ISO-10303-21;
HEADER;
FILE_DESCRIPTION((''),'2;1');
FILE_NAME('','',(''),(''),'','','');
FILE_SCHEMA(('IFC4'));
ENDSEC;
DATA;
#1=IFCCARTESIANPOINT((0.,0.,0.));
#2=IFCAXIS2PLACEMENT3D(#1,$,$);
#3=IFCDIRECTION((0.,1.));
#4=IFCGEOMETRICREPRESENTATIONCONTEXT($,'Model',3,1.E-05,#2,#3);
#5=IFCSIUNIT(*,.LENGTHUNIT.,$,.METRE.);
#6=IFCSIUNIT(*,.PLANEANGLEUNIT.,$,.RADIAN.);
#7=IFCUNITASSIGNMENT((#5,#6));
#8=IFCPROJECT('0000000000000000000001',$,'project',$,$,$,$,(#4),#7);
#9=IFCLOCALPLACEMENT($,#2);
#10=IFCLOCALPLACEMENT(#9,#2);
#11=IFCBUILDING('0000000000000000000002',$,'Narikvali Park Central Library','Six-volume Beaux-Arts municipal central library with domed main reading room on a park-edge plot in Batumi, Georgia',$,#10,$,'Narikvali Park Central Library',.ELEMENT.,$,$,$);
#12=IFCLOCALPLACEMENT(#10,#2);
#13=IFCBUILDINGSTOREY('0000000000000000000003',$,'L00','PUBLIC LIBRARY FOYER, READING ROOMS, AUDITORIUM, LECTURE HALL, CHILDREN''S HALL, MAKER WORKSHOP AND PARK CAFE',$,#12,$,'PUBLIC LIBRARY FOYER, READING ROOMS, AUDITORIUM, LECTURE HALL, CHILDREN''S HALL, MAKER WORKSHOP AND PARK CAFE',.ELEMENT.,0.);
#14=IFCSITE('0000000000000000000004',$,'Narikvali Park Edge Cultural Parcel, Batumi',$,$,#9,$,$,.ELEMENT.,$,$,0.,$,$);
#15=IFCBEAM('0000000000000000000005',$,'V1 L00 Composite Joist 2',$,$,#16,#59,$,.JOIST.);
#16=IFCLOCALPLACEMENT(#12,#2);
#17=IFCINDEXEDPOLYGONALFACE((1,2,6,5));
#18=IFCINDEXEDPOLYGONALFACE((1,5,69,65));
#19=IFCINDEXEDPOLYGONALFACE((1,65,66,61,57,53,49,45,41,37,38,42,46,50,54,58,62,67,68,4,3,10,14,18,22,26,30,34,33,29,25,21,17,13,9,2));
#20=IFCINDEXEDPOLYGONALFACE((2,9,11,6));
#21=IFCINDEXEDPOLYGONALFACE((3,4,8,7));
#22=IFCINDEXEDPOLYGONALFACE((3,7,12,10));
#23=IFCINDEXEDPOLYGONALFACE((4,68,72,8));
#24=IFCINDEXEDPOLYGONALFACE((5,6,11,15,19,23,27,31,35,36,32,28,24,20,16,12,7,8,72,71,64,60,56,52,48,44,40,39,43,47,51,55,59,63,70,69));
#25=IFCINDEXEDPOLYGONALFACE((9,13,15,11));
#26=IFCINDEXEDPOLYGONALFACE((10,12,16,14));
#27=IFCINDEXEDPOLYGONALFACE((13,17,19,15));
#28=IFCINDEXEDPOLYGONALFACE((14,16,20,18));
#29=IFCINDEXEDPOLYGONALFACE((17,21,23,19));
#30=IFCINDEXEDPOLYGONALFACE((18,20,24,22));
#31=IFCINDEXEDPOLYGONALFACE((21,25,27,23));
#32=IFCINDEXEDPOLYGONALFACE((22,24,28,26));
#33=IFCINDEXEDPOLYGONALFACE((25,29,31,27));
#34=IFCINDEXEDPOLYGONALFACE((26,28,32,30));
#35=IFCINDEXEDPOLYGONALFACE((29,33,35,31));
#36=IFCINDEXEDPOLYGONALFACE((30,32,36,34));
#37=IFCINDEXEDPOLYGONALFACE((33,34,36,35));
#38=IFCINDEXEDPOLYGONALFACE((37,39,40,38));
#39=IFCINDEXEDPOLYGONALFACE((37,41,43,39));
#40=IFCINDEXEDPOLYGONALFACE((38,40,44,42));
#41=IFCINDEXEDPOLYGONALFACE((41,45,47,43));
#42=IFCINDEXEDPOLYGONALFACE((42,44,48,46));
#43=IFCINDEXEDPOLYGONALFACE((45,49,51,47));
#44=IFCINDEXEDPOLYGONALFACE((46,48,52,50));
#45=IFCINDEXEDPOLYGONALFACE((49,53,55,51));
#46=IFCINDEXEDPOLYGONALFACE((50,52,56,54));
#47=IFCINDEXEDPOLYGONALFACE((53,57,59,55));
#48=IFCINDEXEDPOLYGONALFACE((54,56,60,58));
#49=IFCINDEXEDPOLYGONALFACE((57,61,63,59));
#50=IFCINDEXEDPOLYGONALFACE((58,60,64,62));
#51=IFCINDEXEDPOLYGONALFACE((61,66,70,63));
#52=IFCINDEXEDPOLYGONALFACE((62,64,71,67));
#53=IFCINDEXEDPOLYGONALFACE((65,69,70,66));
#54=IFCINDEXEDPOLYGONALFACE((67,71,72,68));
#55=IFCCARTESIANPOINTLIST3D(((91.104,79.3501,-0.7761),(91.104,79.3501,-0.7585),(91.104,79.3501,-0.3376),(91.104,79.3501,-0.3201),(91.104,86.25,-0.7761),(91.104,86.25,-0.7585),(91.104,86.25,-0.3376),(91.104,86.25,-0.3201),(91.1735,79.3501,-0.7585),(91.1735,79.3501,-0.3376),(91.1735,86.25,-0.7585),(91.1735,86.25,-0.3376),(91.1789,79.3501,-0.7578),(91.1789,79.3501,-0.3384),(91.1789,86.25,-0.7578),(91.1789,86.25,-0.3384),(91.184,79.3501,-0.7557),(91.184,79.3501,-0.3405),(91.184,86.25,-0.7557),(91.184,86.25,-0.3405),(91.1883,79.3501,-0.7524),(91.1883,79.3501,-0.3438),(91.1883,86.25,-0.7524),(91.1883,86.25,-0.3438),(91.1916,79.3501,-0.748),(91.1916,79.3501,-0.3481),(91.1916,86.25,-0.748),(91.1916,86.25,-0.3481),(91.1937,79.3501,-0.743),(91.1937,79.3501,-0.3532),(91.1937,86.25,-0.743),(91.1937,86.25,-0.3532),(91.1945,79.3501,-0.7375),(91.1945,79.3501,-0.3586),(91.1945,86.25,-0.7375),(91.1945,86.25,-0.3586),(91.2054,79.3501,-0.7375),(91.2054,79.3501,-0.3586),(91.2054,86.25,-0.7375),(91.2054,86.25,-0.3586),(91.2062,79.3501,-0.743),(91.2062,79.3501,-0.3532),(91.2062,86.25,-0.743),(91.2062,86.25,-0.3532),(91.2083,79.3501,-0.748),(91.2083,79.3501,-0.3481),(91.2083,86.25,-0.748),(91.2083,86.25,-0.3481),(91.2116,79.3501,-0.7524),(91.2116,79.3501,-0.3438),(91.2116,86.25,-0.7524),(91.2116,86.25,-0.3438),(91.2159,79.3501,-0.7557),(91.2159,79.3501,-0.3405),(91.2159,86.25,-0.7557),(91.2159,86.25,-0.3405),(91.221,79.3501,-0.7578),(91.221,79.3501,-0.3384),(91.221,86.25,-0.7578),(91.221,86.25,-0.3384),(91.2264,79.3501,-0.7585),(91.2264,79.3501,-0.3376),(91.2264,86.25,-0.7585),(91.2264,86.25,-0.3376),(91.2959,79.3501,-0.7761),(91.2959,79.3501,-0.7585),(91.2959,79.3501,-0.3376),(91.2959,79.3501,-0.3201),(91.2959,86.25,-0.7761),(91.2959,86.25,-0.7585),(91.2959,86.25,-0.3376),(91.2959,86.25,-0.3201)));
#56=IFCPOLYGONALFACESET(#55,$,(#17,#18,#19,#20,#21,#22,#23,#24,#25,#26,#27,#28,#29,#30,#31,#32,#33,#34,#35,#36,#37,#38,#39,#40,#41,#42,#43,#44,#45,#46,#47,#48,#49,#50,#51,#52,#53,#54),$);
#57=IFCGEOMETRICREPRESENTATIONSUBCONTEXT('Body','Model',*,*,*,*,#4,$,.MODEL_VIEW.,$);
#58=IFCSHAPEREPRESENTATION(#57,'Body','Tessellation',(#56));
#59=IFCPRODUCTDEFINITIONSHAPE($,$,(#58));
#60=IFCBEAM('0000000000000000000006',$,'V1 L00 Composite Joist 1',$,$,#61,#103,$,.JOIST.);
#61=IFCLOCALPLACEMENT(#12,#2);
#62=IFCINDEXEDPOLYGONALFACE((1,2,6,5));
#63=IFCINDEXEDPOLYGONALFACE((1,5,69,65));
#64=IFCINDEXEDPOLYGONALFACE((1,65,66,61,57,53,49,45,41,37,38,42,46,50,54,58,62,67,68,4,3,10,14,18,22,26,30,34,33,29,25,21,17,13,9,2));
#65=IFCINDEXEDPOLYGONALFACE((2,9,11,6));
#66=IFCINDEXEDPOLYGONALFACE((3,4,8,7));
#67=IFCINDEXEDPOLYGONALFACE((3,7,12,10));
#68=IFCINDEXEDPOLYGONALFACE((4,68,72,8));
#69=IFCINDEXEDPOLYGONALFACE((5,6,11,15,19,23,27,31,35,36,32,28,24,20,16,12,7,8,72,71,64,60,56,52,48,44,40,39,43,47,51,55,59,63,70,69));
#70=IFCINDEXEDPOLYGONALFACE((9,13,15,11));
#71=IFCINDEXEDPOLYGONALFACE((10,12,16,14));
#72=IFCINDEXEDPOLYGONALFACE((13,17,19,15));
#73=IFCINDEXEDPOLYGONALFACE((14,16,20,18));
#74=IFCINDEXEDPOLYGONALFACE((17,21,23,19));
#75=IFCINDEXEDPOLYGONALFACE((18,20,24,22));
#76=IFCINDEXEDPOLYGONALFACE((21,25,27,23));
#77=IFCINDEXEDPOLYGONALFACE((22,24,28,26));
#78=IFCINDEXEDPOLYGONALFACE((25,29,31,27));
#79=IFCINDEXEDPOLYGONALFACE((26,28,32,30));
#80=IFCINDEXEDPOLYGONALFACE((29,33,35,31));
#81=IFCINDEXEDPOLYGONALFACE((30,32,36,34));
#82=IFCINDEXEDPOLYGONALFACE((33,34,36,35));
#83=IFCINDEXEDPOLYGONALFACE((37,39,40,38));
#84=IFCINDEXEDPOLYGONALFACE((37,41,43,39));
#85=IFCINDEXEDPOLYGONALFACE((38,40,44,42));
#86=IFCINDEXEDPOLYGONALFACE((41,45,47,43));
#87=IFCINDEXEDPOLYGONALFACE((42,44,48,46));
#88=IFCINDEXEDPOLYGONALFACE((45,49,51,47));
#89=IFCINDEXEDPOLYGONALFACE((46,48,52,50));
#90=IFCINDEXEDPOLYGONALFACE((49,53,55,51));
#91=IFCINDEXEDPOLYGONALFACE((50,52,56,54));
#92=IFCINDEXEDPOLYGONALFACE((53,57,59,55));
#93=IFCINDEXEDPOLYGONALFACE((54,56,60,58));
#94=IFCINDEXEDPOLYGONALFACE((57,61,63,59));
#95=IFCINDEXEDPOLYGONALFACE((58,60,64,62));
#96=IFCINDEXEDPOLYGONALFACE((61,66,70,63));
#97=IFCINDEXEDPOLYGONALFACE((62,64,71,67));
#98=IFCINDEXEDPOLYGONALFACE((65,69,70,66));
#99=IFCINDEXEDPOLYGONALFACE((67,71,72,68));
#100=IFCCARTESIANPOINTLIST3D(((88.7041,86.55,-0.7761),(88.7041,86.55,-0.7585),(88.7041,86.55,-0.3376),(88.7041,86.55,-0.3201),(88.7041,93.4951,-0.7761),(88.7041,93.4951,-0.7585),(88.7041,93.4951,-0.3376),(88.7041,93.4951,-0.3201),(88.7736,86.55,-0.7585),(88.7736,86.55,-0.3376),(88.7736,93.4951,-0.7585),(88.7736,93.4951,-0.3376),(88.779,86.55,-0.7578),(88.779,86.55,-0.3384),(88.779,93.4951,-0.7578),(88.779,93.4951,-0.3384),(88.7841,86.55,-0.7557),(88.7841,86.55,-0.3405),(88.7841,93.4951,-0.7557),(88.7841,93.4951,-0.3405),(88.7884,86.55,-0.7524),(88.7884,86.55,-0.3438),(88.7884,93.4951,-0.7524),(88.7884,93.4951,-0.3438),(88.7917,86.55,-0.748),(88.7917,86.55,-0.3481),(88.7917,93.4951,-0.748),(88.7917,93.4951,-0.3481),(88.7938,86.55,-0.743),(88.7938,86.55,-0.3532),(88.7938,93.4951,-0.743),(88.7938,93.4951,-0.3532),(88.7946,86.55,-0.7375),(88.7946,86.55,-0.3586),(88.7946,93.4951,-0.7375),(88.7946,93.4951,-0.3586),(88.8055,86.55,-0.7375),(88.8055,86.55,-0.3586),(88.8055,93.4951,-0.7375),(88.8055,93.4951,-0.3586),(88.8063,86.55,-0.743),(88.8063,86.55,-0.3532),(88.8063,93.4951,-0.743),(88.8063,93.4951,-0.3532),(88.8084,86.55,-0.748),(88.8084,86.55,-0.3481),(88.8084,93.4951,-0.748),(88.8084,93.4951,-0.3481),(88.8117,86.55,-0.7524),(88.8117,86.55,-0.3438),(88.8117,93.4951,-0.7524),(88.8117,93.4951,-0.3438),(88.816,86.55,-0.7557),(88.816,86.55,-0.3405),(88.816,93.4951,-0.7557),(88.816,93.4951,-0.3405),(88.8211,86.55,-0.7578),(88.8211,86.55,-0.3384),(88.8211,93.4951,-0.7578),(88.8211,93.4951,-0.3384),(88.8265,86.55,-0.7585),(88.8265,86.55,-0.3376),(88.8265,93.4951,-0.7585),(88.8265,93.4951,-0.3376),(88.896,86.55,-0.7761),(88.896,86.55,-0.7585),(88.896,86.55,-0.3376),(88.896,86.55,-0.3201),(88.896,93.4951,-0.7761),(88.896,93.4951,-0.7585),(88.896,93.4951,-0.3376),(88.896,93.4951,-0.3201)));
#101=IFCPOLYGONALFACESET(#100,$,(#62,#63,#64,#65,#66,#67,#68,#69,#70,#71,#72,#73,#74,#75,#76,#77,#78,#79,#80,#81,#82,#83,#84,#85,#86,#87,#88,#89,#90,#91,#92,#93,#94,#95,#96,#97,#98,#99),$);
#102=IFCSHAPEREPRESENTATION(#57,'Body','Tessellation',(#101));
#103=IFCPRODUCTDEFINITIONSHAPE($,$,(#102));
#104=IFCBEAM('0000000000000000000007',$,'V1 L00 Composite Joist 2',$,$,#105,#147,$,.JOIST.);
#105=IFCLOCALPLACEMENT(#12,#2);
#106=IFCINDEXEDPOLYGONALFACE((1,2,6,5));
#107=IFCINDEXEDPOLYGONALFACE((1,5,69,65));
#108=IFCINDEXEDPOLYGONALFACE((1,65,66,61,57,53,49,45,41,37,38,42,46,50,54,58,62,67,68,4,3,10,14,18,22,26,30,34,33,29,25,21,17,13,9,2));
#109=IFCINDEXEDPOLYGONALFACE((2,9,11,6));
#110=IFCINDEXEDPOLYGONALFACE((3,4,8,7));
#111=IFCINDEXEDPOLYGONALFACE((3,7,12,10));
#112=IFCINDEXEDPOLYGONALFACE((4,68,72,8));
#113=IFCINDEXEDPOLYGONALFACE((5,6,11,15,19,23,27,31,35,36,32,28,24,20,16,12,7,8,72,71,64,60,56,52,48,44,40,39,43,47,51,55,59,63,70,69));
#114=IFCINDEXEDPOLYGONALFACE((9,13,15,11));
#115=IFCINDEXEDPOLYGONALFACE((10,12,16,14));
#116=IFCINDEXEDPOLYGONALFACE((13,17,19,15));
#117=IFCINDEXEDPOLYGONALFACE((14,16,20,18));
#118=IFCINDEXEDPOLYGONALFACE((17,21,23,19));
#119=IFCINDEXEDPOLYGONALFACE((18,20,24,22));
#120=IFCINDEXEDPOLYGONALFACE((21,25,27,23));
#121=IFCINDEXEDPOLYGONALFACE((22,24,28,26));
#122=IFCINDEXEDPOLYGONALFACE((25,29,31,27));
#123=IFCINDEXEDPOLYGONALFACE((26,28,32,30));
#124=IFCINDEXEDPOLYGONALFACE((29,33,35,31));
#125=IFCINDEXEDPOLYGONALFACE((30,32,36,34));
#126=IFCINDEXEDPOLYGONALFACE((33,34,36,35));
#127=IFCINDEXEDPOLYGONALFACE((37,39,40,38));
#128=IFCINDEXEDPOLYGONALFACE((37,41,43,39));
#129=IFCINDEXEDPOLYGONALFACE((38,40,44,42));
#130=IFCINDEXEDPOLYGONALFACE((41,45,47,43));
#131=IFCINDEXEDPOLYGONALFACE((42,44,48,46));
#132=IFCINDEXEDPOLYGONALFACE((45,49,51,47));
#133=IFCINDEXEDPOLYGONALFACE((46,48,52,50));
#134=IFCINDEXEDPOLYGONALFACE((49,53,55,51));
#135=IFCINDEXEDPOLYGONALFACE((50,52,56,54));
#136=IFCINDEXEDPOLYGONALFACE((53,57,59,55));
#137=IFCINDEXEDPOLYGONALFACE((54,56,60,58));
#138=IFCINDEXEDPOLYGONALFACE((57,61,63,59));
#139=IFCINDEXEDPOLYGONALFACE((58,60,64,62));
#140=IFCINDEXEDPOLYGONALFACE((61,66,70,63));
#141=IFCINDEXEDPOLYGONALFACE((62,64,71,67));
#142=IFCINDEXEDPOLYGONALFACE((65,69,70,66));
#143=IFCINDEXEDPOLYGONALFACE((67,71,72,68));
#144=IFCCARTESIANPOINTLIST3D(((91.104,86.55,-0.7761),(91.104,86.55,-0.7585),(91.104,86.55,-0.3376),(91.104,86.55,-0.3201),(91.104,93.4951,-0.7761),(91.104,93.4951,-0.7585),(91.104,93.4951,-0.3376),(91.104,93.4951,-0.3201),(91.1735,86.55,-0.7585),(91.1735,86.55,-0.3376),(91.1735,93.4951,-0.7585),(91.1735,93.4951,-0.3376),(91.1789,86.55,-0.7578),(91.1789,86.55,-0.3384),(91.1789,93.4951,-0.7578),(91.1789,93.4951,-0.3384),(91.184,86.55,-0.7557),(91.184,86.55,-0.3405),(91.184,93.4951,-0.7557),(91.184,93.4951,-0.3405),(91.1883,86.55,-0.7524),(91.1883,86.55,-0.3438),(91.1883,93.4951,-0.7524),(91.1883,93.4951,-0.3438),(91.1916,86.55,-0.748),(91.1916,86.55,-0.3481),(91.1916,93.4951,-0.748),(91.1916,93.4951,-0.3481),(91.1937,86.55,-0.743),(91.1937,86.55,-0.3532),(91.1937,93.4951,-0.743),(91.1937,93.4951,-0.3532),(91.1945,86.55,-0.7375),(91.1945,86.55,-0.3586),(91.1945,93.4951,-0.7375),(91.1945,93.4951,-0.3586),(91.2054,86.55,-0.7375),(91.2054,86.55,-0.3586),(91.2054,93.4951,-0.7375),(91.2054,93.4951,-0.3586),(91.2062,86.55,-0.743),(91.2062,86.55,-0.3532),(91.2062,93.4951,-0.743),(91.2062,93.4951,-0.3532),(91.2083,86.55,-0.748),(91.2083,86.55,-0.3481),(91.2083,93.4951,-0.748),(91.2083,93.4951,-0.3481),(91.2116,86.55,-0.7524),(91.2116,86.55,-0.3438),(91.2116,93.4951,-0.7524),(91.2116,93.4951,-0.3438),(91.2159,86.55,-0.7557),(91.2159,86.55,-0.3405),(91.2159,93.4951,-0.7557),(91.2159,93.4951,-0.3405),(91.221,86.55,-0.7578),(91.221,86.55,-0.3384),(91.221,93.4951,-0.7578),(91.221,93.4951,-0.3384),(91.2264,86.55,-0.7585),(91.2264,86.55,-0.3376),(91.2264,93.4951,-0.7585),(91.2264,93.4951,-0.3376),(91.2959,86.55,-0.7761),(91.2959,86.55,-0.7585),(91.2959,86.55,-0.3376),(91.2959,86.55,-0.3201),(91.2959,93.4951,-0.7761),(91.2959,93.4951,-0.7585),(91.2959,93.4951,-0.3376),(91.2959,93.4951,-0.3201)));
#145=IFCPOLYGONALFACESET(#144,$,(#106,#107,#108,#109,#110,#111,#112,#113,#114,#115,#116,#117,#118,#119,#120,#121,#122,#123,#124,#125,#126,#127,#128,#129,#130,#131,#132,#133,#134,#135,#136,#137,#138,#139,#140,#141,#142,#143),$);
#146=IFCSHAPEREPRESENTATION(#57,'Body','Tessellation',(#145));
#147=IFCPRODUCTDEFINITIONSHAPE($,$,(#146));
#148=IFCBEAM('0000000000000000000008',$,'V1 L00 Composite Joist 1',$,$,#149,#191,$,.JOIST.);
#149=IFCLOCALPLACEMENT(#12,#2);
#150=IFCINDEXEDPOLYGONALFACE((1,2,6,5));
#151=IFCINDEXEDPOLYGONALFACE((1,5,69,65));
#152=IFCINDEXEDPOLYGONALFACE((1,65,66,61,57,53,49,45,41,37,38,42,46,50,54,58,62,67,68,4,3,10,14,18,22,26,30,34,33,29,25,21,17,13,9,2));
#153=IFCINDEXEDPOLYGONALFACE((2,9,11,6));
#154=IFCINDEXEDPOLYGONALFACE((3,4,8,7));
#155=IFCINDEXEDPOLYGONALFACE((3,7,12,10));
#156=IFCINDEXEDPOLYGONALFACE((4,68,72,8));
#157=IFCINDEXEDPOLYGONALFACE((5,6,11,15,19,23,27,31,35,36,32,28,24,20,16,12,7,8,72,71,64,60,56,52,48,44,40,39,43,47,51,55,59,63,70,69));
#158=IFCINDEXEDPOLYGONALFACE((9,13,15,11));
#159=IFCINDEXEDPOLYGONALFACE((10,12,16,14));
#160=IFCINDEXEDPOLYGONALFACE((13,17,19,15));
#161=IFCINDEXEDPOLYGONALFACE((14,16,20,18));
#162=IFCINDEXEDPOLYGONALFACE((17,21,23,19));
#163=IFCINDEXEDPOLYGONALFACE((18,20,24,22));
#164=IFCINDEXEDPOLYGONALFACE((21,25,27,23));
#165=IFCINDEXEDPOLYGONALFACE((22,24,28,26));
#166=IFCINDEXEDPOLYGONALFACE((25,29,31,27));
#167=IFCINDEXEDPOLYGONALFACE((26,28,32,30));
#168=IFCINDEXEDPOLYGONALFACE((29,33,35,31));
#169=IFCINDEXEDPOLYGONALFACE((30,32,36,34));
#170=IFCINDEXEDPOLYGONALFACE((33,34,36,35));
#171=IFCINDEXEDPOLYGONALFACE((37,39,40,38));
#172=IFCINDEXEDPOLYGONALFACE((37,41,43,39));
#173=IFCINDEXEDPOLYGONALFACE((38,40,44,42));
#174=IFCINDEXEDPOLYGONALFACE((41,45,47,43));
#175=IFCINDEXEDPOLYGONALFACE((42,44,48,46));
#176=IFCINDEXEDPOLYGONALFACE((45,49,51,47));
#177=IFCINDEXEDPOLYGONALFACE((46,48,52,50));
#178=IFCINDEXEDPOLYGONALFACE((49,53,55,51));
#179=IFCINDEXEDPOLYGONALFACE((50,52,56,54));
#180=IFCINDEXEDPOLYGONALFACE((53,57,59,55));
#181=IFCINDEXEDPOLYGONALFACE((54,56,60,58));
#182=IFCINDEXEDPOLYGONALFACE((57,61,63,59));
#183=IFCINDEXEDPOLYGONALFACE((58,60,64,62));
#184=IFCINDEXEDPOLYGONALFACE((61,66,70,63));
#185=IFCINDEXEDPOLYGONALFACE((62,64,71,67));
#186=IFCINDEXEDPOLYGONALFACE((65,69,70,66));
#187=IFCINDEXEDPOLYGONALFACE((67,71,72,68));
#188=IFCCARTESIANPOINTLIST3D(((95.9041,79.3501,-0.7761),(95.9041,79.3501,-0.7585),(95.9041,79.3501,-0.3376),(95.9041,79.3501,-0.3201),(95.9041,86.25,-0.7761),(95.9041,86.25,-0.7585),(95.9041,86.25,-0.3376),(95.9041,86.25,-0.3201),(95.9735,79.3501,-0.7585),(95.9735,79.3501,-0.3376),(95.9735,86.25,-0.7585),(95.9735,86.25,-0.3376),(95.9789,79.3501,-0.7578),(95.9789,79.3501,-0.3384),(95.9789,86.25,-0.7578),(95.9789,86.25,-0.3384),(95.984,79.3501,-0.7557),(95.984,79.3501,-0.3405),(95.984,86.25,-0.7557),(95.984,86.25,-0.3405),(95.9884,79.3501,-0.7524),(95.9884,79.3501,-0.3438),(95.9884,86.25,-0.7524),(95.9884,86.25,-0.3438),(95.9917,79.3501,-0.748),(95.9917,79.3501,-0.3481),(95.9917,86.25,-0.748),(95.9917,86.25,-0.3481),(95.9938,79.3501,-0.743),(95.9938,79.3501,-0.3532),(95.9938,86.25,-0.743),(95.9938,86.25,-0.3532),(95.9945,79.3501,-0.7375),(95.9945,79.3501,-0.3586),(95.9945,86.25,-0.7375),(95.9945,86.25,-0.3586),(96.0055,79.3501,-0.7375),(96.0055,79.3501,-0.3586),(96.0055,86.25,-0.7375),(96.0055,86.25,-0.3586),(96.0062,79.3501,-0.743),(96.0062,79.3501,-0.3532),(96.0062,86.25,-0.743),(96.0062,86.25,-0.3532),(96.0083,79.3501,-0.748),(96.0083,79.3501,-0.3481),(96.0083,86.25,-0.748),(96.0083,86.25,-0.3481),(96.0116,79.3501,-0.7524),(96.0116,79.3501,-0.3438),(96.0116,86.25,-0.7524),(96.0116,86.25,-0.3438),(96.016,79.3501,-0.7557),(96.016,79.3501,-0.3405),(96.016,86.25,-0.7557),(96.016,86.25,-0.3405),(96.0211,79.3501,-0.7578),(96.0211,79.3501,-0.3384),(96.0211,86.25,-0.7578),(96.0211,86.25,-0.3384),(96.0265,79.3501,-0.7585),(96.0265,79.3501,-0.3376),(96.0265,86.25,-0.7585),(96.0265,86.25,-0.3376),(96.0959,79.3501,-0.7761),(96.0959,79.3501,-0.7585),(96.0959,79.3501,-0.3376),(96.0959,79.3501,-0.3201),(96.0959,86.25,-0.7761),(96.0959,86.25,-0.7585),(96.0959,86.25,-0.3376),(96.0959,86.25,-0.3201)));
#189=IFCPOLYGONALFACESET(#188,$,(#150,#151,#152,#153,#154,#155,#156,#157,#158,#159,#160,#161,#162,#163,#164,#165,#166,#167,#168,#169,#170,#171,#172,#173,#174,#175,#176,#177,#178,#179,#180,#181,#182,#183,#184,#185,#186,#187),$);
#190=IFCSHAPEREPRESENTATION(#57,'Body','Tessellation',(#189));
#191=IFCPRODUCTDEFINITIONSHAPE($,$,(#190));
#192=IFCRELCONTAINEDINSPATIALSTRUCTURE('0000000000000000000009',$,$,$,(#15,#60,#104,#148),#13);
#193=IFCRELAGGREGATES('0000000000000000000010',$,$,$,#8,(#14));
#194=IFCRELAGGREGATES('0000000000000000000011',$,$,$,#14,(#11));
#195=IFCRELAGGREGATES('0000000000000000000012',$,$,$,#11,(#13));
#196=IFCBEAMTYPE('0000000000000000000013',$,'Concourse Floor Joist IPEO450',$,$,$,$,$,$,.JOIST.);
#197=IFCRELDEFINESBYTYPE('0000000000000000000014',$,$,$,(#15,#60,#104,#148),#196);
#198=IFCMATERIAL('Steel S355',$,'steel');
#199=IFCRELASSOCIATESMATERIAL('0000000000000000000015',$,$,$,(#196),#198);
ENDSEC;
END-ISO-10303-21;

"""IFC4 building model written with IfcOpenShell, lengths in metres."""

from ifc_helpers import new_model, si_unit, direction, frame, origin, origin_2d, place, context, subcontext, project, spatial, i_section, extrude, material, material_profile, profile_set, type_object, element, save


model = new_model("IFC4")

# Units and contexts
model_context = context("Model", 3, precision=1e-05, world=origin(), true_north=direction((0.0, 1.0)))
body_context = subcontext(model_context, "Body", "Model", "MODEL_VIEW")
ifc_project = project(units=[si_unit("LENGTHUNIT", "METRE"), si_unit("PLANEANGLEUNIT", "RADIAN")], contexts=[model_context])

# Site, building, storey
site_placement = place(None, origin())
site = spatial("IfcSite", under=ifc_project, at=site_placement, Name="Narikvali Park Edge Cultural Parcel, Batumi", CompositionType="ELEMENT", RefElevation=0.0)
building_placement = place(site_placement, origin())
building = spatial("IfcBuilding", under=site, at=building_placement, Name="Narikvali Park Central Library", Description="Six-volume Beaux-Arts municipal central library with domed main reading room on a park-edge plot in Batumi, Georgia", LongName="Narikvali Park Central Library", CompositionType="ELEMENT")
storey_placement = place(building_placement, origin())
storey = spatial("IfcBuildingStorey", under=building, at=storey_placement, Name="L00", Description="PUBLIC LIBRARY FOYER, READING ROOMS, AUDITORIUM, LECTURE HALL, CHILDREN'S HALL, MAKER WORKSHOP AND PARK CAFE", LongName="PUBLIC LIBRARY FOYER, READING ROOMS, AUDITORIUM, LECTURE HALL, CHILDREN'S HALL, MAKER WORKSHOP AND PARK CAFE", CompositionType="ELEMENT", Elevation=0.0)

# Shared definitions
ifc_material_1 = material(Name="Steel S355", Category="steel")

# Beams
ifc_material_profile_1 = material_profile(ifc_material_1, i_section(OverallWidth=0.1919, OverallDepth=0.4561, WebThickness=0.011, FlangeThickness=0.0176, FilletRadius=0.021, at=origin_2d()), Name="IPEO 450")
ifc_profile_set_1 = profile_set([ifc_material_profile_1], Name="Steel S355")
beam_type_1 = type_object("IfcBeamType", Name="Concourse Floor Joist IPEO450", PredefinedType="JOIST", material=ifc_profile_set_1)
for number, where, z_axis, x_axis, name in (
    (1, (91.2, 79.3501, -0.5481), (0.0, 1.0, 0.0), (-1.0, 0.0, 0.0), "V1 L00 Composite Joist 2"),
):
    element("IfcBeam", number, at=place(storey_placement, frame(where, z_axis=z_axis, x_axis=x_axis)), inside=storey, type_object=beam_type_1, Name=name, PredefinedType="JOIST", context=body_context, shape_type="SweptSolid", body=[
        extrude(i_section(OverallWidth=0.1919, OverallDepth=0.4561, WebThickness=0.011, FlangeThickness=0.0176, FilletRadius=0.021, at=origin_2d()), origin(), (0.0, 0.0, 1.0), 6.8999),
    ])
for number, where, z_axis, x_axis, name in (
    (2, (88.8, 86.55, -0.5481), (0.0, 1.0, 0.0), (-1.0, 0.0, 0.0), "V1 L00 Composite Joist 1"),
    (3, (91.2, 86.55, -0.5481), (0.0, 1.0, 0.0), (-1.0, 0.0, 0.0), "V1 L00 Composite Joist 2"),
):
    element("IfcBeam", number, at=place(storey_placement, frame(where, z_axis=z_axis, x_axis=x_axis)), inside=storey, type_object=beam_type_1, Name=name, PredefinedType="JOIST", context=body_context, shape_type="SweptSolid", body=[
        extrude(i_section(OverallWidth=0.1919, OverallDepth=0.4561, WebThickness=0.011, FlangeThickness=0.0176, FilletRadius=0.021, at=origin_2d()), origin(), (0.0, 0.0, 1.0), 6.9451),
    ])
beam_placement = place(storey_placement, frame((96.0, 79.3501, -0.5481), z_axis=(0.0, 1.0, 0.0), x_axis=(-1.0, 0.0, 0.0)))
element("IfcBeam", 4, at=beam_placement, inside=storey, type_object=beam_type_1, Name="V1 L00 Composite Joist 1", PredefinedType="JOIST", context=body_context, shape_type="SweptSolid", body=[
    extrude(i_section(OverallWidth=0.1919, OverallDepth=0.4561, WebThickness=0.011, FlangeThickness=0.0176, FilletRadius=0.021, at=origin_2d()), origin(), (0.0, 0.0, 1.0), 6.8999),
])

save(model, "model.ifc")
